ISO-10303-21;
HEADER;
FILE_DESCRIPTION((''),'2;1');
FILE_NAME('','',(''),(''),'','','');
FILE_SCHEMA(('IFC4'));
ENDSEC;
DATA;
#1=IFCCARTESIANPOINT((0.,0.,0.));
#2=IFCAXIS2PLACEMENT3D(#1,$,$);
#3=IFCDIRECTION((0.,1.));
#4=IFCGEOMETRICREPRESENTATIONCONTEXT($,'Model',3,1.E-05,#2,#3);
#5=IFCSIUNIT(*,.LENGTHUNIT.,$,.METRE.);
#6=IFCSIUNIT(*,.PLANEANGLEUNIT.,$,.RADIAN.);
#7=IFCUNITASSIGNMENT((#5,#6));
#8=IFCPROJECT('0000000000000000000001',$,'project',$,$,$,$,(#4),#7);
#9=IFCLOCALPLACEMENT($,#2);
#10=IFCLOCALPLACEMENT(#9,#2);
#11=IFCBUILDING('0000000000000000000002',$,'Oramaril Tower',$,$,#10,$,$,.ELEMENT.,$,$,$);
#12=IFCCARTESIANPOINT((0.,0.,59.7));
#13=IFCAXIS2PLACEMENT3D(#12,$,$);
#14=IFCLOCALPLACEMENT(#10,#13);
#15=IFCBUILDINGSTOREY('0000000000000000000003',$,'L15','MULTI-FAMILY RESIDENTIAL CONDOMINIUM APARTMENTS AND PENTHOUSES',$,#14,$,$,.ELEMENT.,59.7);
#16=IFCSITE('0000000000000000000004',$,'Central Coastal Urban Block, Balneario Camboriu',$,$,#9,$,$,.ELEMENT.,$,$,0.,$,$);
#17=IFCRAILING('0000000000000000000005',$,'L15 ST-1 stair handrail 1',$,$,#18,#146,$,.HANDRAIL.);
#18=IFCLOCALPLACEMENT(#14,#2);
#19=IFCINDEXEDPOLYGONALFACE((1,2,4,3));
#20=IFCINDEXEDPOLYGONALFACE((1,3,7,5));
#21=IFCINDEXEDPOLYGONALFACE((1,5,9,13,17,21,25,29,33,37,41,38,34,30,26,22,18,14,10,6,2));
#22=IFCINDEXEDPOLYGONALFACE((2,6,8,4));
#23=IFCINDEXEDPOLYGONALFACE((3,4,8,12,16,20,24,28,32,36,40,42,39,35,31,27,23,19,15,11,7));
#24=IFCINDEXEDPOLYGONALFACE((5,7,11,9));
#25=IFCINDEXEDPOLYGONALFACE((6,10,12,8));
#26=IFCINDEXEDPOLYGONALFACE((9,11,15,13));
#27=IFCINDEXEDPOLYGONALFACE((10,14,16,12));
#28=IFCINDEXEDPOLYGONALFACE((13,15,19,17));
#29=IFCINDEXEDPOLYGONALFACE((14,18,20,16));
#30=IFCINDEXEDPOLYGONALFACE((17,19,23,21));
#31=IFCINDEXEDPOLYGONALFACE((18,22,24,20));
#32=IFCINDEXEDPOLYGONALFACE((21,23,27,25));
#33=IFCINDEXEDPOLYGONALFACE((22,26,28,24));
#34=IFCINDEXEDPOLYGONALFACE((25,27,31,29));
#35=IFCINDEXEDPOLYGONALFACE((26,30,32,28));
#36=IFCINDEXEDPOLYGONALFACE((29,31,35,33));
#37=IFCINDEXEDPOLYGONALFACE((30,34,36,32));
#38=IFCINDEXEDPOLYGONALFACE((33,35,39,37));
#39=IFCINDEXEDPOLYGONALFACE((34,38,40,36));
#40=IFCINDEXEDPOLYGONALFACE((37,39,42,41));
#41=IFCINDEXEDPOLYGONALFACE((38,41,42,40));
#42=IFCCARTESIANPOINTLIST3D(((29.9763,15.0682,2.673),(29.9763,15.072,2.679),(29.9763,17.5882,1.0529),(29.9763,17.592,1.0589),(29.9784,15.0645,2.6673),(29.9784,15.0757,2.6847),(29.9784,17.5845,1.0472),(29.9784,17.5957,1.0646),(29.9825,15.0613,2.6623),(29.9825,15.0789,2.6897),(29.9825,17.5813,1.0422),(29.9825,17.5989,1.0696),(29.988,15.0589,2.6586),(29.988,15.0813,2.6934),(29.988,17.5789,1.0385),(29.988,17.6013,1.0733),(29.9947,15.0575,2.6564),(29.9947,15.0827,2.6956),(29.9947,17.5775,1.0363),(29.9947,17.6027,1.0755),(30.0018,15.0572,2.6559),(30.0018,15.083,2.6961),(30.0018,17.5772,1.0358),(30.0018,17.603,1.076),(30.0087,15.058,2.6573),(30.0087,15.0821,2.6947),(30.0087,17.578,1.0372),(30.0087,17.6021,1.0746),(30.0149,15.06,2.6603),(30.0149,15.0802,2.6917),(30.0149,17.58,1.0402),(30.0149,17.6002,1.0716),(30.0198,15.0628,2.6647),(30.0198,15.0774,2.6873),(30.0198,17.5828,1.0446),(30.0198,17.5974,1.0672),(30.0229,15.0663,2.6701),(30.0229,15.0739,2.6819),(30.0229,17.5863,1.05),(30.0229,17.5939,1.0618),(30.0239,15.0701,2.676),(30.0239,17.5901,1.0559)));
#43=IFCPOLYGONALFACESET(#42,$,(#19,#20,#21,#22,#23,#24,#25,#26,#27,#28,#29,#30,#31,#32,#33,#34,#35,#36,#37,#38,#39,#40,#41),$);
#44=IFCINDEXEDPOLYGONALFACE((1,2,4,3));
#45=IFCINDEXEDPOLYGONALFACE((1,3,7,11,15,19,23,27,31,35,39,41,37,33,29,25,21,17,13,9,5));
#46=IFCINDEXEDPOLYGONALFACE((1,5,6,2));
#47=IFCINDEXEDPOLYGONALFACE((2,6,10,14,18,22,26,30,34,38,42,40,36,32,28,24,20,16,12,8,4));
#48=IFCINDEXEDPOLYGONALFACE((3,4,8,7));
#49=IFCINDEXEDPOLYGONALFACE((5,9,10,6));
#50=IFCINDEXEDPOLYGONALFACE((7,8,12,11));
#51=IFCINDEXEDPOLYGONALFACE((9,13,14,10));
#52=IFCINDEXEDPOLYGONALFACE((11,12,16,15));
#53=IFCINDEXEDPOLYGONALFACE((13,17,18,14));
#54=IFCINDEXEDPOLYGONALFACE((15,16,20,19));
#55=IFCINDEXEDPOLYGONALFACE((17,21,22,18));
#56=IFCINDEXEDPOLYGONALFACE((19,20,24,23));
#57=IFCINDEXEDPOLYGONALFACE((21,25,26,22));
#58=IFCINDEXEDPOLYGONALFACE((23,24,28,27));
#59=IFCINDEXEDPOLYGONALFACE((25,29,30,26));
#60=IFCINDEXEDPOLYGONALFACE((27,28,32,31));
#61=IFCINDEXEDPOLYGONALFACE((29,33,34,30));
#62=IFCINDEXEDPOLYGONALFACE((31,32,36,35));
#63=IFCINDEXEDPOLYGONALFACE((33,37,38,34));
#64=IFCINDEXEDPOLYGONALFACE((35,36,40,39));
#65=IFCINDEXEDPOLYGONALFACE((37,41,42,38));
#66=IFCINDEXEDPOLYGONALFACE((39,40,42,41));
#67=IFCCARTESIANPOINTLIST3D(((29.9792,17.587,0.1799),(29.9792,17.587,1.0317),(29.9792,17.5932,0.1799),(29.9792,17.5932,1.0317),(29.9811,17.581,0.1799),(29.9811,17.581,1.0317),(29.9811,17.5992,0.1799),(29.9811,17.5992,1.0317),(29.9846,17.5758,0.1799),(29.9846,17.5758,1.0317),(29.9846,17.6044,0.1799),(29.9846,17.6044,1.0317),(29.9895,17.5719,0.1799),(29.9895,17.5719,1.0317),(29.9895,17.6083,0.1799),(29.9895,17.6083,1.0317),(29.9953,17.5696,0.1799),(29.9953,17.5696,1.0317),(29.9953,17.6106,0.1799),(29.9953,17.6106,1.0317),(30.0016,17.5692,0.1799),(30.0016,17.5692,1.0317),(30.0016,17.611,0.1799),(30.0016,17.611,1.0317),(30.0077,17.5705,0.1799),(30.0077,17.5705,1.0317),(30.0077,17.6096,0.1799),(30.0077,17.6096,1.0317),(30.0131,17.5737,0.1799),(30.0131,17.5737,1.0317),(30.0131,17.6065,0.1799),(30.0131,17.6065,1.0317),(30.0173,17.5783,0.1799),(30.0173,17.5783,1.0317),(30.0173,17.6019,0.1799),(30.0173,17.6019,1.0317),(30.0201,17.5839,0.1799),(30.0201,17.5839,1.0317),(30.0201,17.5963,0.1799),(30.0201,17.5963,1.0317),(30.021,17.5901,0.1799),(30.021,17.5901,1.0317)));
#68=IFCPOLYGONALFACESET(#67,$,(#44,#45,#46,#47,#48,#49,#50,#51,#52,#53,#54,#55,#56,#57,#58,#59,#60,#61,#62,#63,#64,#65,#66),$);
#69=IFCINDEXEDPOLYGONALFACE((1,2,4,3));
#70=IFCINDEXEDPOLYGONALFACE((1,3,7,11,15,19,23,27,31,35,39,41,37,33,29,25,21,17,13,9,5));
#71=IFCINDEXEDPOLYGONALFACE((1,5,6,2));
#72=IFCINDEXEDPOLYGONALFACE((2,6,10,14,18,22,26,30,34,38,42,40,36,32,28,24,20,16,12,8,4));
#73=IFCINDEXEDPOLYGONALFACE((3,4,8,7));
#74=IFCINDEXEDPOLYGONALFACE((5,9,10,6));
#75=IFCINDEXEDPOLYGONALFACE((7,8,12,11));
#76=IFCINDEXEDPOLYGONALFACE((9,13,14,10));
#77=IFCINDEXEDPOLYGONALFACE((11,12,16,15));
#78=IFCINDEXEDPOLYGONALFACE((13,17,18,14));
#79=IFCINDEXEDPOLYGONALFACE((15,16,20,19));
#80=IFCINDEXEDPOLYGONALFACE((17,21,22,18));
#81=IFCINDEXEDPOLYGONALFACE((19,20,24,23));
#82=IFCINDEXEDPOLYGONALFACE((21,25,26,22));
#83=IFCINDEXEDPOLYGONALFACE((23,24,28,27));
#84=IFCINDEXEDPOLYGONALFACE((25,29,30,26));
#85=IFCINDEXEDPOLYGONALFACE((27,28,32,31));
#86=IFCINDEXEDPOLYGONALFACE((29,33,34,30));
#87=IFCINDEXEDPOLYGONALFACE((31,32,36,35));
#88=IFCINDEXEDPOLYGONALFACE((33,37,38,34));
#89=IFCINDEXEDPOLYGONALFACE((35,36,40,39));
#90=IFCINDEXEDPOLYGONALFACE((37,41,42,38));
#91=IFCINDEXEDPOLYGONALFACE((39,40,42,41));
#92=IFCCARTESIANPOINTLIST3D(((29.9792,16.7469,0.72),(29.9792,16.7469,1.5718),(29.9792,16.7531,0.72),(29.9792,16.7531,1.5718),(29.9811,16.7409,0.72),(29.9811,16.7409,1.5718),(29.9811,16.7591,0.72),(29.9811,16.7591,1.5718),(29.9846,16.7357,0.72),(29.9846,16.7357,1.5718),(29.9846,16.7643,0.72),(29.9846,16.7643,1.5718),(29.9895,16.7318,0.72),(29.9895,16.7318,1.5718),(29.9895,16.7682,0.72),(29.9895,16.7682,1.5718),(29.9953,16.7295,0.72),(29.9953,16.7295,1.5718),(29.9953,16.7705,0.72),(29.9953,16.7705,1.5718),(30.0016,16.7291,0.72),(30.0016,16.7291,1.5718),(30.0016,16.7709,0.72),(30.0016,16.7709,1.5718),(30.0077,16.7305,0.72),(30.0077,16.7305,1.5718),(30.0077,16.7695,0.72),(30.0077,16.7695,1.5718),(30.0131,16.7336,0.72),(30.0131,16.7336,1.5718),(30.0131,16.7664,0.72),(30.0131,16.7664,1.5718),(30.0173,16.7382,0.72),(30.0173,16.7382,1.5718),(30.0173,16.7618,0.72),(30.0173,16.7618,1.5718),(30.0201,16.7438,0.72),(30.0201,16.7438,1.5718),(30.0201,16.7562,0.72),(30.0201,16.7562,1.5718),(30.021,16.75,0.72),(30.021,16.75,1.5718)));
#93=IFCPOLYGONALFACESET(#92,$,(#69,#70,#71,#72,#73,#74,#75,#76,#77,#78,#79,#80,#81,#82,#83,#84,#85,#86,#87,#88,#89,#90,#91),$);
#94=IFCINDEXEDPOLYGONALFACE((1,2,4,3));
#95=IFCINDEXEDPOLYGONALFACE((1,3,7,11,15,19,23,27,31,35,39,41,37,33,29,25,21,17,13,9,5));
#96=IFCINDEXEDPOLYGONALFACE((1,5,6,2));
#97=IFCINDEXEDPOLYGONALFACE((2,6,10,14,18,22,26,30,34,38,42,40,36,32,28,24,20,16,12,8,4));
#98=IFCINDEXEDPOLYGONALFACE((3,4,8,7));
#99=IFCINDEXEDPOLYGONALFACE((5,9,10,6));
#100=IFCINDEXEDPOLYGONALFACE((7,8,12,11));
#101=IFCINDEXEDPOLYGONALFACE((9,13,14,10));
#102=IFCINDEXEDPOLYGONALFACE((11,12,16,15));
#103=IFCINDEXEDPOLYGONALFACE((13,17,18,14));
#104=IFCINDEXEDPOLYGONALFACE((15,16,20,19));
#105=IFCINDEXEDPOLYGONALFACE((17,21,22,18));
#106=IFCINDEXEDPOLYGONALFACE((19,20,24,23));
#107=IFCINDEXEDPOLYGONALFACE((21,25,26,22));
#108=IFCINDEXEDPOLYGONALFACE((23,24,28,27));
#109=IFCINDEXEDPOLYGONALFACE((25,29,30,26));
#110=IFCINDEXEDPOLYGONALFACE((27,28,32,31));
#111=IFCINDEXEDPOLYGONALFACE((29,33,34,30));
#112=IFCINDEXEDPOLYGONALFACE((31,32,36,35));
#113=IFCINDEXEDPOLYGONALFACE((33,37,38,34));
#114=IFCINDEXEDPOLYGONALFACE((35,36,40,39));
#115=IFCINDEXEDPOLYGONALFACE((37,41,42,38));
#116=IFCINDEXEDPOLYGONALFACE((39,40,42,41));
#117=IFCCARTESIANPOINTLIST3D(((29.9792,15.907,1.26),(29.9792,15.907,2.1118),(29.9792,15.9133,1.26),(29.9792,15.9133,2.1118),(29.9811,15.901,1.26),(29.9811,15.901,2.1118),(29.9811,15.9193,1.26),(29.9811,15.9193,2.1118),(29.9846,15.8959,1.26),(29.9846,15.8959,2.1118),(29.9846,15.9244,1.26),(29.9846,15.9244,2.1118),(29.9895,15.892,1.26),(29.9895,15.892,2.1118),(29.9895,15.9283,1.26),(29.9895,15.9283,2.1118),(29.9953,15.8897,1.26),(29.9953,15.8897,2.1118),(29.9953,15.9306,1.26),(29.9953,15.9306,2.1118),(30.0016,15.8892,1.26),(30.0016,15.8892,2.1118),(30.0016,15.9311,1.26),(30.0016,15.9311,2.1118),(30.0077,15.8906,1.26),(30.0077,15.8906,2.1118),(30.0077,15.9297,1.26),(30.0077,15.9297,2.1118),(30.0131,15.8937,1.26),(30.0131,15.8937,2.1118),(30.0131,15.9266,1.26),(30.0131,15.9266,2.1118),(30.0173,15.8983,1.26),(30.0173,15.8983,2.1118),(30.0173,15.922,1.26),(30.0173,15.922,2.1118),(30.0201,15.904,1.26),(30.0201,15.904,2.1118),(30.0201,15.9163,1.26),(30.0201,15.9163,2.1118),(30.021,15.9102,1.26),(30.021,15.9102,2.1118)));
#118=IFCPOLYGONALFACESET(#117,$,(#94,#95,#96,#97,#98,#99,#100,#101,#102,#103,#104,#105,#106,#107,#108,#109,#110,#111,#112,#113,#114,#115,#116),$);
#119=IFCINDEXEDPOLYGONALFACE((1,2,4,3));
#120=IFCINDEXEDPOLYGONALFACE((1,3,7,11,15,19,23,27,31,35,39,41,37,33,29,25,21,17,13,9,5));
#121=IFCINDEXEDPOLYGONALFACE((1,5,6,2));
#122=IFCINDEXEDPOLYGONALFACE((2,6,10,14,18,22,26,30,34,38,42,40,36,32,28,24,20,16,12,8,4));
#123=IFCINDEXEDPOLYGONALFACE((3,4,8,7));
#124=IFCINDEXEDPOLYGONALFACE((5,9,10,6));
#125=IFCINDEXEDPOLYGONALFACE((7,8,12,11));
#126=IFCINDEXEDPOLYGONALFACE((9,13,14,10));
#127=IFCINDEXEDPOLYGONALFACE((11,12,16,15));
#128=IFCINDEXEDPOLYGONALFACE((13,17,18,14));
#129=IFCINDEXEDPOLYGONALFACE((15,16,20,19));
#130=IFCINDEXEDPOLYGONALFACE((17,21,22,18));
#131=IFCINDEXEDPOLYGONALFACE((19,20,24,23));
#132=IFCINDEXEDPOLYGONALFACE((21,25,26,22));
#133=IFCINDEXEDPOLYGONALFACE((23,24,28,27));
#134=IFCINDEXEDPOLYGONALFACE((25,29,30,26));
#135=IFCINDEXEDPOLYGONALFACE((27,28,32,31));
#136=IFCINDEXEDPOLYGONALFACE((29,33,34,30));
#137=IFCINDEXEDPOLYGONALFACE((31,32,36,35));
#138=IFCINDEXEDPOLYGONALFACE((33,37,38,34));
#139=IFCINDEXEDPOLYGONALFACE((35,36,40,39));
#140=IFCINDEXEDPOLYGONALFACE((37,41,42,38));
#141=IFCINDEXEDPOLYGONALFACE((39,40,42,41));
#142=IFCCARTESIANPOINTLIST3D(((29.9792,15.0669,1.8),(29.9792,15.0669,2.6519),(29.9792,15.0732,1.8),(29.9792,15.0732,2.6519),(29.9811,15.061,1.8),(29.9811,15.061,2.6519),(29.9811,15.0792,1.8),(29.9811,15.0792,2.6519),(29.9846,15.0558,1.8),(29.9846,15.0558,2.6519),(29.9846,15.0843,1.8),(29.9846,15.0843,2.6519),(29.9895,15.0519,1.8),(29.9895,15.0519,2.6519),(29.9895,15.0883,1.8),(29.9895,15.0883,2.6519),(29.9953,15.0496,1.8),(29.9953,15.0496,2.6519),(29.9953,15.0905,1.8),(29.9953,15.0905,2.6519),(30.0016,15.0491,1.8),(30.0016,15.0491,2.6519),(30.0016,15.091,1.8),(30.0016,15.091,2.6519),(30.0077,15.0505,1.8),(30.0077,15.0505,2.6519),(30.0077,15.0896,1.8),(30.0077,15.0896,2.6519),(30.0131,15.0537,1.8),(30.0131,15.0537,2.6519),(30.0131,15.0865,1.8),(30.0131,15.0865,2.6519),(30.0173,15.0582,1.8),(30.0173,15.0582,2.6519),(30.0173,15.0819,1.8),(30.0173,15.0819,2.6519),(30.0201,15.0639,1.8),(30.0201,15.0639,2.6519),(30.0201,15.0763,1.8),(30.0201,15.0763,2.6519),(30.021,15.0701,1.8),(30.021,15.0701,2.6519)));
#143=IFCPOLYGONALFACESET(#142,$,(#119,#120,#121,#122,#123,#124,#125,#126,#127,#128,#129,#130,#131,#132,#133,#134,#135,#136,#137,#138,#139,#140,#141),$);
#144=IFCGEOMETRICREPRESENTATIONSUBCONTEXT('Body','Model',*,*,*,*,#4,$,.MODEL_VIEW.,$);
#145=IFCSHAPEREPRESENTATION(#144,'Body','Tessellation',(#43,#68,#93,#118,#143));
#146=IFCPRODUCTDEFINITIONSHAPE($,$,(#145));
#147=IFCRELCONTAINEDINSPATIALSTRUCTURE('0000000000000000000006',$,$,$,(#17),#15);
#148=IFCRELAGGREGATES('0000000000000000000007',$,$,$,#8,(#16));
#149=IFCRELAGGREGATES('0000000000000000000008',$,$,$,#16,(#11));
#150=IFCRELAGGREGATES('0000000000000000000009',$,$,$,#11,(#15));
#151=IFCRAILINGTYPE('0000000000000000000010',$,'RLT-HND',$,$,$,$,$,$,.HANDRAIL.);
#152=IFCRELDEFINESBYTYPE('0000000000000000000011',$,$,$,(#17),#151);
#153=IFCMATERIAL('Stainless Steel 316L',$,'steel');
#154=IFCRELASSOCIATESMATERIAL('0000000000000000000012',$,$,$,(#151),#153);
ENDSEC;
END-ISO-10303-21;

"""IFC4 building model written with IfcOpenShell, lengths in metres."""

from ifc_helpers import new_model, si_unit, direction, frame, origin, origin_2d, place, context, subcontext, project, spatial, circle, extrude, material, type_object, element, save


model = new_model("IFC4")

# Units and contexts
model_context = context("Model", 3, precision=1e-05, world=origin(), true_north=direction((0.0, 1.0)))
body_context = subcontext(model_context, "Body", "Model", "MODEL_VIEW")
ifc_project = project(units=[si_unit("LENGTHUNIT", "METRE"), si_unit("PLANEANGLEUNIT", "RADIAN")], contexts=[model_context])

# Site, building, storey
site_placement = place(None, origin())
site = spatial("IfcSite", under=ifc_project, at=site_placement, Name="Central Coastal Urban Block, Balneario Camboriu", CompositionType="ELEMENT", RefElevation=0.0)
building_placement = place(site_placement, origin())
building = spatial("IfcBuilding", under=site, at=building_placement, Name="Oramaril Tower", CompositionType="ELEMENT")
storey_placement = place(building_placement, frame((0.0, 0.0, 59.7)))
storey = spatial("IfcBuildingStorey", under=building, at=storey_placement, Name="L15", Description="MULTI-FAMILY RESIDENTIAL CONDOMINIUM APARTMENTS AND PENTHOUSES", CompositionType="ELEMENT", Elevation=59.7)

# Railing
ifc_material_1 = material(Name="Stainless Steel 316L", Category="steel")
railing_type_1 = type_object("IfcRailingType", Name="RLT-HND", PredefinedType="HANDRAIL", material=ifc_material_1)
railing_1_placement = place(storey_placement, frame((30.0, 17.5901, 0.1799)))
element("IfcRailing", 1, at=railing_1_placement, inside=storey, type_object=railing_type_1, Name="L15 ST-1 stair handrail 1", PredefinedType="HANDRAIL", context=body_context, shape_type="SweptSolid", body=[
    extrude(circle(Radius=0.0239, at=origin_2d()), frame((0.0, 0.0, 0.876), z_axis=(0.0, -0.841163, 0.540782), x_axis=(1.0, 0.0, 0.0)), (0.0, 0.0, 1.0), 2.9958),
    extrude(circle(Radius=0.021, at=origin_2d()), origin(), (0.0, 0.0, 1.0), 0.8518),
    extrude(circle(Radius=0.021, at=origin_2d()), frame((0.0, -0.8401, 0.54)), (0.0, 0.0, 1.0), 0.8518),
    extrude(circle(Radius=0.021, at=origin_2d()), frame((0.0, -1.6799, 1.0801)), (0.0, 0.0, 1.0), 0.8518),
    extrude(circle(Radius=0.021, at=origin_2d()), frame((0.0, -2.52, 1.6201)), (0.0, 0.0, 1.0), 0.8518),
])

save(model, "model.ifc")
